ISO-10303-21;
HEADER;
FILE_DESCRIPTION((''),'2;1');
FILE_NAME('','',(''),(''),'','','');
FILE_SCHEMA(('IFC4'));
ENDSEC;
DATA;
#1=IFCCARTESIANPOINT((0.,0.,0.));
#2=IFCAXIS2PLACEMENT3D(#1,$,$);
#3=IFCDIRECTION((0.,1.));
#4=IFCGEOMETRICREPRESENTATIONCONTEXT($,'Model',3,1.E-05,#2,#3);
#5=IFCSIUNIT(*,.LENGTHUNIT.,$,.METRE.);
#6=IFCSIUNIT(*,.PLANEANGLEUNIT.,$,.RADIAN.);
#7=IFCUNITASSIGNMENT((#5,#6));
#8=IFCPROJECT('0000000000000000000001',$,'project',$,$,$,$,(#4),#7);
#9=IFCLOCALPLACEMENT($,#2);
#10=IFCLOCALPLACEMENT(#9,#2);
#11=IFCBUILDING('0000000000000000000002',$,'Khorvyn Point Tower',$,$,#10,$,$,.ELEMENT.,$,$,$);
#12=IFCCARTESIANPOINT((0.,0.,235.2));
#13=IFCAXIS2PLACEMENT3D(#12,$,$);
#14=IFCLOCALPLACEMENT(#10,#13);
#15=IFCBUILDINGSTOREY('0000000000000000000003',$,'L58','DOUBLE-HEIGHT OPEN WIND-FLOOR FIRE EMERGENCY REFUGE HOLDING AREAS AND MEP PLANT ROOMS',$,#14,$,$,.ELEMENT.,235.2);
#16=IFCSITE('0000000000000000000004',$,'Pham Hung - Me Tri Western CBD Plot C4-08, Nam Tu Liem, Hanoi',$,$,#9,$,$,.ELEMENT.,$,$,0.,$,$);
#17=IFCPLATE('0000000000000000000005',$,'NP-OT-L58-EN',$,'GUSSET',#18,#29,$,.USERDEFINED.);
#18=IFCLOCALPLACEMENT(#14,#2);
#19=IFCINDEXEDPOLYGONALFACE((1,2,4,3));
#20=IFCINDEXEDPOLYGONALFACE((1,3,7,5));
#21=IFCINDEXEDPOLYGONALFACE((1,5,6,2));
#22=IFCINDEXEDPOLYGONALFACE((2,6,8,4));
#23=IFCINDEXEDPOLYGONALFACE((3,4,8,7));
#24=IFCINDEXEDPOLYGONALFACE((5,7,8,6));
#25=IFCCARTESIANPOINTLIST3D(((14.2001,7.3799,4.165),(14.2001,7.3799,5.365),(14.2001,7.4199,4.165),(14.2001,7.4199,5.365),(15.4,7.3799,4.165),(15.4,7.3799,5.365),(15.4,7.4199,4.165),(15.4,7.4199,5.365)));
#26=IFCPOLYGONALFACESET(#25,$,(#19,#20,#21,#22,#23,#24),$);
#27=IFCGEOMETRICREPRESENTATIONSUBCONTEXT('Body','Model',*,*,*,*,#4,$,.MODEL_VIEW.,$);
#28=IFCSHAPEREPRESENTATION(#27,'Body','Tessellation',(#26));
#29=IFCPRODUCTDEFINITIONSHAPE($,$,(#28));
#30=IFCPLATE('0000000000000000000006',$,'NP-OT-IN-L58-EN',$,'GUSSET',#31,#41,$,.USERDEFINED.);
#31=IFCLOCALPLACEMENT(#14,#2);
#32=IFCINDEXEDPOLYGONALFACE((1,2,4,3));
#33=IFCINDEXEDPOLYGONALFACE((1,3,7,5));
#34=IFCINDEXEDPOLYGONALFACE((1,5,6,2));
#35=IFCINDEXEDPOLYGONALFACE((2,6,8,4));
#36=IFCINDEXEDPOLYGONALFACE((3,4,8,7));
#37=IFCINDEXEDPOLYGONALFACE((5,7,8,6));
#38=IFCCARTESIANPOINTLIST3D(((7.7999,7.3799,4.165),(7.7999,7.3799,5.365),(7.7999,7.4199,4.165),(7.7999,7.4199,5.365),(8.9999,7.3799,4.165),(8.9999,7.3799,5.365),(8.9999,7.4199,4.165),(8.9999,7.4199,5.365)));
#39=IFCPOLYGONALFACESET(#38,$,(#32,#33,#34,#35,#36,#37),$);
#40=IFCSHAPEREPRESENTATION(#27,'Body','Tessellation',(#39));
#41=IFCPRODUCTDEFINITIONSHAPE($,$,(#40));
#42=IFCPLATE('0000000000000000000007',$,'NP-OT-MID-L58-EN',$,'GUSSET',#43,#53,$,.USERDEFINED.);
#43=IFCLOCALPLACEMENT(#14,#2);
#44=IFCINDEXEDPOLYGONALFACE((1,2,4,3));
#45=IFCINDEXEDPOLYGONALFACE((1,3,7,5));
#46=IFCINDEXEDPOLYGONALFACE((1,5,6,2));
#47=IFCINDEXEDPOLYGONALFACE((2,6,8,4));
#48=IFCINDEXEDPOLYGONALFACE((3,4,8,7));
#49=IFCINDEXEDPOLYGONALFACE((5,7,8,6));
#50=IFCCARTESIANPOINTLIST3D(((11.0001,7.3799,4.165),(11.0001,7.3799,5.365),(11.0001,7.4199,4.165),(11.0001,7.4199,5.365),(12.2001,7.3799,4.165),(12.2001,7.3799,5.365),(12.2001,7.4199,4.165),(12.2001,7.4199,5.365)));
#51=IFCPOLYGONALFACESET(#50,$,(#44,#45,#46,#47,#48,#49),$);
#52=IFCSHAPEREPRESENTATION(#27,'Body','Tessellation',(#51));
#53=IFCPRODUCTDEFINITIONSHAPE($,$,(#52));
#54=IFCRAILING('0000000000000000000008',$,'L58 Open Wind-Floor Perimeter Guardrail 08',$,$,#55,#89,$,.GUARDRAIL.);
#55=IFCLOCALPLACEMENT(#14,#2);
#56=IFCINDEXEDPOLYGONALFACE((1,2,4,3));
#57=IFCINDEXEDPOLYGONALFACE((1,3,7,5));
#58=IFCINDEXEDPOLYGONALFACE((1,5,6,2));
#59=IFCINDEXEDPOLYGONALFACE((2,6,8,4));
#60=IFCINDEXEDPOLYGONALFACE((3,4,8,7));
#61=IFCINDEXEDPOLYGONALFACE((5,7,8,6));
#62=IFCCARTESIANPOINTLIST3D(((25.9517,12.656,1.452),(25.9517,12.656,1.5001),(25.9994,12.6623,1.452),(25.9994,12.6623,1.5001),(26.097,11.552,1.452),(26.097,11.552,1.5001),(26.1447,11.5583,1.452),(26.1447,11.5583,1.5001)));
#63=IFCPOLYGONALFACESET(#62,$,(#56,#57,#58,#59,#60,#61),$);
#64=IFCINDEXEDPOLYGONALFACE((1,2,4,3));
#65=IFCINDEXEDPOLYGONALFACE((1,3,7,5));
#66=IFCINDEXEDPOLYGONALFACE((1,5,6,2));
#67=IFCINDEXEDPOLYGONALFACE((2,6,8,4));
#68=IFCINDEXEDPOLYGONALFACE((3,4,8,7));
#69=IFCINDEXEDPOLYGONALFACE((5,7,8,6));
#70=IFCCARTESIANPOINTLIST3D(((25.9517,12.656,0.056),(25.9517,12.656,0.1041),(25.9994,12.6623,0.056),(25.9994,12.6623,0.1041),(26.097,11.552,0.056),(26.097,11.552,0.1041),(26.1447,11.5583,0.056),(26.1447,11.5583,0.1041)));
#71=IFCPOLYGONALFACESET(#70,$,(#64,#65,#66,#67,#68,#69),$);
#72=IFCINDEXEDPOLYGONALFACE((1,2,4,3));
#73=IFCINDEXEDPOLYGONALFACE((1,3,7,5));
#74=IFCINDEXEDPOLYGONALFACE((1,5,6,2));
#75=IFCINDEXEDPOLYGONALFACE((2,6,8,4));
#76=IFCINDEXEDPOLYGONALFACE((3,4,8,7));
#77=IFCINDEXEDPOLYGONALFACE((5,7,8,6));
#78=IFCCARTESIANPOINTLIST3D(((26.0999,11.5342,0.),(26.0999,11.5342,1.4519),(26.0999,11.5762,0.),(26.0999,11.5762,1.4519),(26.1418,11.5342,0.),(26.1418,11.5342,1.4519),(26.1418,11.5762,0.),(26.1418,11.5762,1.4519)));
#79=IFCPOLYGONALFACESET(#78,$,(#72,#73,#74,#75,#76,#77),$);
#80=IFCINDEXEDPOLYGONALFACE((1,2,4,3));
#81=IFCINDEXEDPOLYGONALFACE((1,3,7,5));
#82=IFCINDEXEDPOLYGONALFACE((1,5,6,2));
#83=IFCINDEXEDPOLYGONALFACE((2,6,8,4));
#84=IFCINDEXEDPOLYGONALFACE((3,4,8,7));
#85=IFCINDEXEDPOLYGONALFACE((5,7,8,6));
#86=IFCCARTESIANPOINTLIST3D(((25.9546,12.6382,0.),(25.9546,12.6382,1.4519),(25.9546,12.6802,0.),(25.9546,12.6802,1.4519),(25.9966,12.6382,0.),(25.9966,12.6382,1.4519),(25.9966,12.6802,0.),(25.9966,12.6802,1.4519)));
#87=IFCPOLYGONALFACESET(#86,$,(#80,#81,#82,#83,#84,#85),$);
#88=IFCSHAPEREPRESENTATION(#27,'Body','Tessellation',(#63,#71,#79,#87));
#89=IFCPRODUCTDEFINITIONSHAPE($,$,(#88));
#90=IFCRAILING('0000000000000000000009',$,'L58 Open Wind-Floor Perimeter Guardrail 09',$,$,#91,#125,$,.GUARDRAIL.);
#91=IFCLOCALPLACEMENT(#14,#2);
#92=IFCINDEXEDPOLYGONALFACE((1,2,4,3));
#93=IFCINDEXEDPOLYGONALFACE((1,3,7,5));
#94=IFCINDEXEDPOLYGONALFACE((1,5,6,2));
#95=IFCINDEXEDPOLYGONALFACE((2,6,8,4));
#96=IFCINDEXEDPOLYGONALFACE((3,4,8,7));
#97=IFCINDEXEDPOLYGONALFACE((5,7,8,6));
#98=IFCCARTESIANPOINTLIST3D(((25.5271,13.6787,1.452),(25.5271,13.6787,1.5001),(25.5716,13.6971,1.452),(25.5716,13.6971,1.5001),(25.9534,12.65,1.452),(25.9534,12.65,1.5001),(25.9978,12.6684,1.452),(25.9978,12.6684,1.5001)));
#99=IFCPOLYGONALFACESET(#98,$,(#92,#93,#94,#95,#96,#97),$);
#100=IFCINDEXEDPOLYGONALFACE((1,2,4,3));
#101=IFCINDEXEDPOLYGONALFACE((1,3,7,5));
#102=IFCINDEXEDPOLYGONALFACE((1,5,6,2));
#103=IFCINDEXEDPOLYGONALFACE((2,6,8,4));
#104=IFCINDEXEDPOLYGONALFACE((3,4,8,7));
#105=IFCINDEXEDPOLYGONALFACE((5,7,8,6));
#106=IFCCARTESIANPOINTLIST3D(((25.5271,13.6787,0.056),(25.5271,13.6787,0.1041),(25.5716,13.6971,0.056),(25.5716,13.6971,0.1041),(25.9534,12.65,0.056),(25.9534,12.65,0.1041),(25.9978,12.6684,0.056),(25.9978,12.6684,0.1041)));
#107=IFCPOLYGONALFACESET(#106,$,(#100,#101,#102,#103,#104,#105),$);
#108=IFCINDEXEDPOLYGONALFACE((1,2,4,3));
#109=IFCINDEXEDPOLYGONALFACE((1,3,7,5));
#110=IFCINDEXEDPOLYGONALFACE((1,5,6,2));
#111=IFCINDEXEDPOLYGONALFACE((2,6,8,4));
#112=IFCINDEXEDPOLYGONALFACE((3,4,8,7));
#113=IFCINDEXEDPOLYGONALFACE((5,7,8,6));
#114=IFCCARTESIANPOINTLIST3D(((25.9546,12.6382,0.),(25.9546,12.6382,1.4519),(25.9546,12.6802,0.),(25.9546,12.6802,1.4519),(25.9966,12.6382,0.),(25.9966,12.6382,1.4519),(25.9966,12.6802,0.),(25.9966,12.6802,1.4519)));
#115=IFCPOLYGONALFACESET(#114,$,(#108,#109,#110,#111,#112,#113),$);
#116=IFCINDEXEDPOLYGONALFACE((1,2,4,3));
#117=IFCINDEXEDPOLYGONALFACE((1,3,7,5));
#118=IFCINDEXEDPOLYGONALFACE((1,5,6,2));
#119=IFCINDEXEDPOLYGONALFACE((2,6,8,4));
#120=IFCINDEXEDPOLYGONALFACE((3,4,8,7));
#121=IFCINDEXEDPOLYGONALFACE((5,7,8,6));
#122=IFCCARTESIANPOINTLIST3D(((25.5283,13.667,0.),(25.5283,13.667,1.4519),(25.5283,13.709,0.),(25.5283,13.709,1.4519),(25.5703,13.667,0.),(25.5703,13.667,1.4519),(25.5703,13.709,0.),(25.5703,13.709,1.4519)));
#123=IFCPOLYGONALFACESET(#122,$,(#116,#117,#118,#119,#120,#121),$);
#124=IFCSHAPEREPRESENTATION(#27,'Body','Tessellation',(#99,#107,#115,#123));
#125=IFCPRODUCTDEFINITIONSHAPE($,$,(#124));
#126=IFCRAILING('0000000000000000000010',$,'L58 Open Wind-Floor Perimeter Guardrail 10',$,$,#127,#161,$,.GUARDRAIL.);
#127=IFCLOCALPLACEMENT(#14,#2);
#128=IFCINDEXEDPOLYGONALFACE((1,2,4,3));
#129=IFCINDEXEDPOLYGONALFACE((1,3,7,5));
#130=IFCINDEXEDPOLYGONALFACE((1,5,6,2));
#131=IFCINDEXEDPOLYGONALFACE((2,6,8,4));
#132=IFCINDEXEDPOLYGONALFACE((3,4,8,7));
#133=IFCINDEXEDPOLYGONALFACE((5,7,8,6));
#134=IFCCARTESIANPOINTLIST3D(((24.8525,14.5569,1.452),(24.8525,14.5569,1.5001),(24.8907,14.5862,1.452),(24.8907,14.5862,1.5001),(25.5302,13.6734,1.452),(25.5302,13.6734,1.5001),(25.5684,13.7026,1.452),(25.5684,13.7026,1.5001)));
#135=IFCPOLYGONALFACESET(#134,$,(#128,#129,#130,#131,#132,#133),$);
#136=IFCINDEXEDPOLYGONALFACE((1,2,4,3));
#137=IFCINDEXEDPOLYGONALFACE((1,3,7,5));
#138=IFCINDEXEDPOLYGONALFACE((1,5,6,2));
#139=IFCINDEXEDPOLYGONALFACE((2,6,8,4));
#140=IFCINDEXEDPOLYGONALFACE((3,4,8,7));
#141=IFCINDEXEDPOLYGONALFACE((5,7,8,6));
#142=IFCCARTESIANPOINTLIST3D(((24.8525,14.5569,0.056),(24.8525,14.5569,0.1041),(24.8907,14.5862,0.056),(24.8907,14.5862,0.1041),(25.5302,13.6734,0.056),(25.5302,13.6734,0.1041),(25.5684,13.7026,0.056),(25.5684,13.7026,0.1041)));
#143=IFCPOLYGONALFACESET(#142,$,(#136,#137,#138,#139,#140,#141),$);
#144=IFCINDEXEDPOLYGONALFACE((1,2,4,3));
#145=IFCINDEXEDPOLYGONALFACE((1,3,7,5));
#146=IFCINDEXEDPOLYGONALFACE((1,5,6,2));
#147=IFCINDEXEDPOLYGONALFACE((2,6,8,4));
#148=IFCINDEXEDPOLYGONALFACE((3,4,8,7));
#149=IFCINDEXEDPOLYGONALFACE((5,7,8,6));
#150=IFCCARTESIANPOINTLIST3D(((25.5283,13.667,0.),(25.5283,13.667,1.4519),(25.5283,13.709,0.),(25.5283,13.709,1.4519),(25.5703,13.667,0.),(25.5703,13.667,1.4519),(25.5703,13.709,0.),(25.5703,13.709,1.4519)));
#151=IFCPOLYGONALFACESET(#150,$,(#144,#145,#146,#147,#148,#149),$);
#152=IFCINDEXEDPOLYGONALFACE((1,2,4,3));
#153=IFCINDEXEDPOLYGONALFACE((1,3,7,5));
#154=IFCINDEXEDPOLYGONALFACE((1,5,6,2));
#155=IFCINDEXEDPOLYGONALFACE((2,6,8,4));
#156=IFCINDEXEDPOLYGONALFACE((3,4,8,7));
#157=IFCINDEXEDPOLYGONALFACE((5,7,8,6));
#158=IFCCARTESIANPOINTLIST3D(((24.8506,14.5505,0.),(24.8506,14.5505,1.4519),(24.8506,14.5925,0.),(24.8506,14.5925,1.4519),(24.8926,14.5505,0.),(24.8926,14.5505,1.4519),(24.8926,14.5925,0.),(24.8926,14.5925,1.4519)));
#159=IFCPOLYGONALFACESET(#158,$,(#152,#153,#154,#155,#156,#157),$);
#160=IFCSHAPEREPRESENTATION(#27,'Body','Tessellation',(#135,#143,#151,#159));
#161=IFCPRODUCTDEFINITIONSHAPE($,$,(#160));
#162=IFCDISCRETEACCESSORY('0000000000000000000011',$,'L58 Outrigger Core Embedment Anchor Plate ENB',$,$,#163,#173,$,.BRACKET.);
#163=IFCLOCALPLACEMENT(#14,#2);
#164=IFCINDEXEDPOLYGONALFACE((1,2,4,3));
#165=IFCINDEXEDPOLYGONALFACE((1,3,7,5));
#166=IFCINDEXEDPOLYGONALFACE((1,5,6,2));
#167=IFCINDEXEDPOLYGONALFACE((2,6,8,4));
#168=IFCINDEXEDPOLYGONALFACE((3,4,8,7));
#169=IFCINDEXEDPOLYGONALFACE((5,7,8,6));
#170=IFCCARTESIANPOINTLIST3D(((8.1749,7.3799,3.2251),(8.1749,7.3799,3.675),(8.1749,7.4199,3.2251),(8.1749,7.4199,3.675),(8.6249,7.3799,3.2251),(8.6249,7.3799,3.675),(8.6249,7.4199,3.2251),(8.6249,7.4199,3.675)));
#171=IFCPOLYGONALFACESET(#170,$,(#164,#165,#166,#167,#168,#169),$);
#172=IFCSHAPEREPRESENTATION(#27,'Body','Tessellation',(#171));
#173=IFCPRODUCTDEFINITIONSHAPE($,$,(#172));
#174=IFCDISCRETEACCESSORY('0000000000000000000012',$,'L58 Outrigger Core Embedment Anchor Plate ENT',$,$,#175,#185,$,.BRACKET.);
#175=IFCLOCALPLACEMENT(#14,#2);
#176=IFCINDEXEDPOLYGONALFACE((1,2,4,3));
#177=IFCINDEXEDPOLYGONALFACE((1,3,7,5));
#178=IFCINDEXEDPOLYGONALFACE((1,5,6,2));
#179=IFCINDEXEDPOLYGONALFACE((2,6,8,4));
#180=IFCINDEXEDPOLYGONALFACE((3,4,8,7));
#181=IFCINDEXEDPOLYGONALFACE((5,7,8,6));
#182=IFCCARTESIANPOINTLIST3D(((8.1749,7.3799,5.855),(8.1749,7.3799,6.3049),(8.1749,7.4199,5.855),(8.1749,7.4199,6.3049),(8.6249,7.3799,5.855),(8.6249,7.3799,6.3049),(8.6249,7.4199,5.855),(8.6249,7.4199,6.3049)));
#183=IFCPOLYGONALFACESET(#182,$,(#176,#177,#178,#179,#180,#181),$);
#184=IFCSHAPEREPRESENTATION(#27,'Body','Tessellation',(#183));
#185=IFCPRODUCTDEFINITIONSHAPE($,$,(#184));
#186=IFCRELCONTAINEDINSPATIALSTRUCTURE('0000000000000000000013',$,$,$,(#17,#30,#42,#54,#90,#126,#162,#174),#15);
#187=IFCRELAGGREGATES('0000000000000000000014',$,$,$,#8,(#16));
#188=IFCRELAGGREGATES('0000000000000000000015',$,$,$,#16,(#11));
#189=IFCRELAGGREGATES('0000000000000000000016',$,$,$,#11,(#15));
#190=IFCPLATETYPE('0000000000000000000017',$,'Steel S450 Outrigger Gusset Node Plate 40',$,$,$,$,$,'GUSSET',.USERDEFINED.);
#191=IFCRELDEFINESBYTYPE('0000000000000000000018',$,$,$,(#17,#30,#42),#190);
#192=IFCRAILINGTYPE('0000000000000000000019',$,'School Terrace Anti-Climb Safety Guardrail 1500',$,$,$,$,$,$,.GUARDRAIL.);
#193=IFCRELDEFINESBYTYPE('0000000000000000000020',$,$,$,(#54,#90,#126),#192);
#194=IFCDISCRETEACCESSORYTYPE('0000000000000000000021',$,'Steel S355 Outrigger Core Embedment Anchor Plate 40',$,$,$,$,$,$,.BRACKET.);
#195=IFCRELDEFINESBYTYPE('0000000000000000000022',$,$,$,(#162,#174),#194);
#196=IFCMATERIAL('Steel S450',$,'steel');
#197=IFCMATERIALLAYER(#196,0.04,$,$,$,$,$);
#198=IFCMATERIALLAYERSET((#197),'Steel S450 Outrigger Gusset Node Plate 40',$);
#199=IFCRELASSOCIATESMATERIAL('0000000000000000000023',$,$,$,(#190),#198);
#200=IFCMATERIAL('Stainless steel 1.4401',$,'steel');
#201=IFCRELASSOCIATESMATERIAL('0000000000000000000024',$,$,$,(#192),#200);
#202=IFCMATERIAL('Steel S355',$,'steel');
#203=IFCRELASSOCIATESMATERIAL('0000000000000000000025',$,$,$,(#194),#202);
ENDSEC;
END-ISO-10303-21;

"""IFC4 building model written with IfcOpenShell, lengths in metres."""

from ifc_helpers import new_model, si_unit, direction, frame, origin, origin_2d, place, context, subcontext, project, spatial, rectangle, extrude, material, layer, layer_set, type_object, element, save


model = new_model("IFC4")

# Units and contexts
model_context = context("Model", 3, precision=1e-05, world=origin(), true_north=direction((0.0, 1.0)))
body_context = subcontext(model_context, "Body", "Model", "MODEL_VIEW")
ifc_project = project(units=[si_unit("LENGTHUNIT", "METRE"), si_unit("PLANEANGLEUNIT", "RADIAN")], contexts=[model_context])

# Site, building, storey
site_placement = place(None, origin())
site = spatial("IfcSite", under=ifc_project, at=site_placement, Name="Pham Hung - Me Tri Western CBD Plot C4-08, Nam Tu Liem, Hanoi", CompositionType="ELEMENT", RefElevation=0.0)
building_placement = place(site_placement, origin())
building = spatial("IfcBuilding", under=site, at=building_placement, Name="Khorvyn Point Tower", CompositionType="ELEMENT")
storey_placement = place(building_placement, frame((0.0, 0.0, 235.2)))
storey = spatial("IfcBuildingStorey", under=building, at=storey_placement, Name="L58", Description="DOUBLE-HEIGHT OPEN WIND-FLOOR FIRE EMERGENCY REFUGE HOLDING AREAS AND MEP PLANT ROOMS", CompositionType="ELEMENT", Elevation=235.2)

# Shared definitions
ifc_material_1 = material(Name="Steel S450", Category="steel")

# Shared definitions
ifc_material_2 = material(Name="Steel S355", Category="steel")

# Plates
ifc_layer_1 = layer(ifc_material_1, 0.04)
ifc_layer_set_1 = layer_set([ifc_layer_1], Name="Steel S450 Outrigger Gusset Node Plate 40")
plate_type_1 = type_object("IfcPlateType", Name="Steel S450 Outrigger Gusset Node Plate 40", ElementType="GUSSET", PredefinedType="USERDEFINED", material=ifc_layer_set_1)
for number, where, z_axis, x_axis, name in (
    (1, (14.8, 7.3999, 4.165), (0.0, 0.0, 1.0), (1.0, 0.0, 0.0), "NP-OT-L58-EN"),
    (2, (8.3999, 7.3999, 4.165), (0.0, 0.0, 1.0), (1.0, 0.0, 0.0), "NP-OT-IN-L58-EN"),
    (3, (11.6001, 7.3999, 4.165), (0.0, 0.0, 1.0), (1.0, 0.0, 0.0), "NP-OT-MID-L58-EN"),
):
    element("IfcPlate", number, at=place(storey_placement, frame(where, z_axis=z_axis, x_axis=x_axis)), inside=storey, type_object=plate_type_1, Name=name, ObjectType="GUSSET", PredefinedType="USERDEFINED", context=body_context, shape_type="SweptSolid", body=[
        extrude(rectangle(XDim=1.2, YDim=0.04, at=origin_2d()), origin(), (0.0, 0.0, 1.0), 1.2),
    ])

# Railings
ifc_material_3 = material(Name="Stainless steel 1.4401", Category="steel")
railing_type = type_object("IfcRailingType", Name="School Terrace Anti-Climb Safety Guardrail 1500", PredefinedType="GUARDRAIL", material=ifc_material_3)
railing_1_placement = place(storey_placement, frame((26.1208, 11.5552, 0.0)))
element("IfcRailing", 4, at=railing_1_placement, inside=storey, type_object=railing_type, Name="L58 Open Wind-Floor Perimeter Guardrail 08", PredefinedType="GUARDRAIL", context=body_context, shape_type="SweptSolid", body=[
    extrude(rectangle(XDim=0.0481, YDim=0.0481, at=origin_2d()), frame((0.0, 0.0, 1.4761), z_axis=(-0.130455, 0.991454, 0.0), x_axis=(-0.991454, -0.130455, 0.0)), (0.0, 0.0, 1.0), 1.1135),
    extrude(rectangle(XDim=0.0481, YDim=0.0481, at=origin_2d()), frame((0.0, 0.0, 0.0801), z_axis=(-0.130455, 0.991454, 0.0), x_axis=(-0.991454, -0.130455, 0.0)), (0.0, 0.0, 1.0), 1.1135),
    extrude(rectangle(XDim=0.042, YDim=0.042, at=origin_2d()), origin(), (0.0, 0.0, 1.0), 1.4519),
    extrude(rectangle(XDim=0.042, YDim=0.042, at=origin_2d()), frame((-0.1453, 1.104, 0.0)), (0.0, 0.0, 1.0), 1.4519),
])
railing_2_placement = place(storey_placement, frame((25.9756, 12.6592, 0.0)))
element("IfcRailing", 5, at=railing_2_placement, inside=storey, type_object=railing_type, Name="L58 Open Wind-Floor Perimeter Guardrail 09", PredefinedType="GUARDRAIL", context=body_context, shape_type="SweptSolid", body=[
    extrude(rectangle(XDim=0.0481, YDim=0.0481, at=origin_2d()), frame((0.0, 0.0, 1.4761), z_axis=(-0.382778, 0.92384, 0.0), x_axis=(-0.92384, -0.382778, 0.0)), (0.0, 0.0, 1.0), 1.1135),
    extrude(rectangle(XDim=0.0481, YDim=0.0481, at=origin_2d()), frame((0.0, 0.0, 0.0801), z_axis=(-0.382778, 0.92384, 0.0), x_axis=(-0.92384, -0.382778, 0.0)), (0.0, 0.0, 1.0), 1.1135),
    extrude(rectangle(XDim=0.042, YDim=0.042, at=origin_2d()), origin(), (0.0, 0.0, 1.0), 1.4519),
    extrude(rectangle(XDim=0.042, YDim=0.042, at=origin_2d()), frame((-0.4263, 1.0288, 0.0)), (0.0, 0.0, 1.0), 1.4519),
])
railing_3_placement = place(storey_placement, frame((25.5493, 13.688, 0.0)))
element("IfcRailing", 6, at=railing_3_placement, inside=storey, type_object=railing_type, Name="L58 Open Wind-Floor Perimeter Guardrail 10", PredefinedType="GUARDRAIL", context=body_context, shape_type="SweptSolid", body=[
    extrude(rectangle(XDim=0.0481, YDim=0.0481, at=origin_2d()), frame((0.0, 0.0, 1.4761), z_axis=(-0.608629, 0.793455, 0.0), x_axis=(-0.793455, -0.608629, 0.0)), (0.0, 0.0, 1.0), 1.1135),
    extrude(rectangle(XDim=0.0481, YDim=0.0481, at=origin_2d()), frame((0.0, 0.0, 0.0801), z_axis=(-0.608629, 0.793455, 0.0), x_axis=(-0.793455, -0.608629, 0.0)), (0.0, 0.0, 1.0), 1.1135),
    extrude(rectangle(XDim=0.042, YDim=0.042, at=origin_2d()), origin(), (0.0, 0.0, 1.0), 1.4519),
    extrude(rectangle(XDim=0.042, YDim=0.042, at=origin_2d()), frame((-0.6777, 0.8835, 0.0)), (0.0, 0.0, 1.0), 1.4519),
])

# Discrete accessories
discrete_accessory_type = type_object("IfcDiscreteAccessoryType", Name="Steel S355 Outrigger Core Embedment Anchor Plate 40", PredefinedType="BRACKET", material=ifc_material_2)
for number, where, z_axis, x_axis, name in (
    (7, (8.3999, 7.3999, 3.2251), (0.0, 0.0, 1.0), (1.0, 0.0, 0.0), "L58 Outrigger Core Embedment Anchor Plate ENB"),
    (8, (8.3999, 7.3999, 5.855), (0.0, 0.0, 1.0), (1.0, 0.0, 0.0), "L58 Outrigger Core Embedment Anchor Plate ENT"),
):
    element("IfcDiscreteAccessory", number, at=place(storey_placement, frame(where, z_axis=z_axis, x_axis=x_axis)), inside=storey, type_object=discrete_accessory_type, Name=name, PredefinedType="BRACKET", context=body_context, shape_type="SweptSolid", body=[
        extrude(rectangle(XDim=0.45, YDim=0.04, at=origin_2d()), origin(), (0.0, 0.0, 1.0), 0.45),
    ])

save(model, "model.ifc")
